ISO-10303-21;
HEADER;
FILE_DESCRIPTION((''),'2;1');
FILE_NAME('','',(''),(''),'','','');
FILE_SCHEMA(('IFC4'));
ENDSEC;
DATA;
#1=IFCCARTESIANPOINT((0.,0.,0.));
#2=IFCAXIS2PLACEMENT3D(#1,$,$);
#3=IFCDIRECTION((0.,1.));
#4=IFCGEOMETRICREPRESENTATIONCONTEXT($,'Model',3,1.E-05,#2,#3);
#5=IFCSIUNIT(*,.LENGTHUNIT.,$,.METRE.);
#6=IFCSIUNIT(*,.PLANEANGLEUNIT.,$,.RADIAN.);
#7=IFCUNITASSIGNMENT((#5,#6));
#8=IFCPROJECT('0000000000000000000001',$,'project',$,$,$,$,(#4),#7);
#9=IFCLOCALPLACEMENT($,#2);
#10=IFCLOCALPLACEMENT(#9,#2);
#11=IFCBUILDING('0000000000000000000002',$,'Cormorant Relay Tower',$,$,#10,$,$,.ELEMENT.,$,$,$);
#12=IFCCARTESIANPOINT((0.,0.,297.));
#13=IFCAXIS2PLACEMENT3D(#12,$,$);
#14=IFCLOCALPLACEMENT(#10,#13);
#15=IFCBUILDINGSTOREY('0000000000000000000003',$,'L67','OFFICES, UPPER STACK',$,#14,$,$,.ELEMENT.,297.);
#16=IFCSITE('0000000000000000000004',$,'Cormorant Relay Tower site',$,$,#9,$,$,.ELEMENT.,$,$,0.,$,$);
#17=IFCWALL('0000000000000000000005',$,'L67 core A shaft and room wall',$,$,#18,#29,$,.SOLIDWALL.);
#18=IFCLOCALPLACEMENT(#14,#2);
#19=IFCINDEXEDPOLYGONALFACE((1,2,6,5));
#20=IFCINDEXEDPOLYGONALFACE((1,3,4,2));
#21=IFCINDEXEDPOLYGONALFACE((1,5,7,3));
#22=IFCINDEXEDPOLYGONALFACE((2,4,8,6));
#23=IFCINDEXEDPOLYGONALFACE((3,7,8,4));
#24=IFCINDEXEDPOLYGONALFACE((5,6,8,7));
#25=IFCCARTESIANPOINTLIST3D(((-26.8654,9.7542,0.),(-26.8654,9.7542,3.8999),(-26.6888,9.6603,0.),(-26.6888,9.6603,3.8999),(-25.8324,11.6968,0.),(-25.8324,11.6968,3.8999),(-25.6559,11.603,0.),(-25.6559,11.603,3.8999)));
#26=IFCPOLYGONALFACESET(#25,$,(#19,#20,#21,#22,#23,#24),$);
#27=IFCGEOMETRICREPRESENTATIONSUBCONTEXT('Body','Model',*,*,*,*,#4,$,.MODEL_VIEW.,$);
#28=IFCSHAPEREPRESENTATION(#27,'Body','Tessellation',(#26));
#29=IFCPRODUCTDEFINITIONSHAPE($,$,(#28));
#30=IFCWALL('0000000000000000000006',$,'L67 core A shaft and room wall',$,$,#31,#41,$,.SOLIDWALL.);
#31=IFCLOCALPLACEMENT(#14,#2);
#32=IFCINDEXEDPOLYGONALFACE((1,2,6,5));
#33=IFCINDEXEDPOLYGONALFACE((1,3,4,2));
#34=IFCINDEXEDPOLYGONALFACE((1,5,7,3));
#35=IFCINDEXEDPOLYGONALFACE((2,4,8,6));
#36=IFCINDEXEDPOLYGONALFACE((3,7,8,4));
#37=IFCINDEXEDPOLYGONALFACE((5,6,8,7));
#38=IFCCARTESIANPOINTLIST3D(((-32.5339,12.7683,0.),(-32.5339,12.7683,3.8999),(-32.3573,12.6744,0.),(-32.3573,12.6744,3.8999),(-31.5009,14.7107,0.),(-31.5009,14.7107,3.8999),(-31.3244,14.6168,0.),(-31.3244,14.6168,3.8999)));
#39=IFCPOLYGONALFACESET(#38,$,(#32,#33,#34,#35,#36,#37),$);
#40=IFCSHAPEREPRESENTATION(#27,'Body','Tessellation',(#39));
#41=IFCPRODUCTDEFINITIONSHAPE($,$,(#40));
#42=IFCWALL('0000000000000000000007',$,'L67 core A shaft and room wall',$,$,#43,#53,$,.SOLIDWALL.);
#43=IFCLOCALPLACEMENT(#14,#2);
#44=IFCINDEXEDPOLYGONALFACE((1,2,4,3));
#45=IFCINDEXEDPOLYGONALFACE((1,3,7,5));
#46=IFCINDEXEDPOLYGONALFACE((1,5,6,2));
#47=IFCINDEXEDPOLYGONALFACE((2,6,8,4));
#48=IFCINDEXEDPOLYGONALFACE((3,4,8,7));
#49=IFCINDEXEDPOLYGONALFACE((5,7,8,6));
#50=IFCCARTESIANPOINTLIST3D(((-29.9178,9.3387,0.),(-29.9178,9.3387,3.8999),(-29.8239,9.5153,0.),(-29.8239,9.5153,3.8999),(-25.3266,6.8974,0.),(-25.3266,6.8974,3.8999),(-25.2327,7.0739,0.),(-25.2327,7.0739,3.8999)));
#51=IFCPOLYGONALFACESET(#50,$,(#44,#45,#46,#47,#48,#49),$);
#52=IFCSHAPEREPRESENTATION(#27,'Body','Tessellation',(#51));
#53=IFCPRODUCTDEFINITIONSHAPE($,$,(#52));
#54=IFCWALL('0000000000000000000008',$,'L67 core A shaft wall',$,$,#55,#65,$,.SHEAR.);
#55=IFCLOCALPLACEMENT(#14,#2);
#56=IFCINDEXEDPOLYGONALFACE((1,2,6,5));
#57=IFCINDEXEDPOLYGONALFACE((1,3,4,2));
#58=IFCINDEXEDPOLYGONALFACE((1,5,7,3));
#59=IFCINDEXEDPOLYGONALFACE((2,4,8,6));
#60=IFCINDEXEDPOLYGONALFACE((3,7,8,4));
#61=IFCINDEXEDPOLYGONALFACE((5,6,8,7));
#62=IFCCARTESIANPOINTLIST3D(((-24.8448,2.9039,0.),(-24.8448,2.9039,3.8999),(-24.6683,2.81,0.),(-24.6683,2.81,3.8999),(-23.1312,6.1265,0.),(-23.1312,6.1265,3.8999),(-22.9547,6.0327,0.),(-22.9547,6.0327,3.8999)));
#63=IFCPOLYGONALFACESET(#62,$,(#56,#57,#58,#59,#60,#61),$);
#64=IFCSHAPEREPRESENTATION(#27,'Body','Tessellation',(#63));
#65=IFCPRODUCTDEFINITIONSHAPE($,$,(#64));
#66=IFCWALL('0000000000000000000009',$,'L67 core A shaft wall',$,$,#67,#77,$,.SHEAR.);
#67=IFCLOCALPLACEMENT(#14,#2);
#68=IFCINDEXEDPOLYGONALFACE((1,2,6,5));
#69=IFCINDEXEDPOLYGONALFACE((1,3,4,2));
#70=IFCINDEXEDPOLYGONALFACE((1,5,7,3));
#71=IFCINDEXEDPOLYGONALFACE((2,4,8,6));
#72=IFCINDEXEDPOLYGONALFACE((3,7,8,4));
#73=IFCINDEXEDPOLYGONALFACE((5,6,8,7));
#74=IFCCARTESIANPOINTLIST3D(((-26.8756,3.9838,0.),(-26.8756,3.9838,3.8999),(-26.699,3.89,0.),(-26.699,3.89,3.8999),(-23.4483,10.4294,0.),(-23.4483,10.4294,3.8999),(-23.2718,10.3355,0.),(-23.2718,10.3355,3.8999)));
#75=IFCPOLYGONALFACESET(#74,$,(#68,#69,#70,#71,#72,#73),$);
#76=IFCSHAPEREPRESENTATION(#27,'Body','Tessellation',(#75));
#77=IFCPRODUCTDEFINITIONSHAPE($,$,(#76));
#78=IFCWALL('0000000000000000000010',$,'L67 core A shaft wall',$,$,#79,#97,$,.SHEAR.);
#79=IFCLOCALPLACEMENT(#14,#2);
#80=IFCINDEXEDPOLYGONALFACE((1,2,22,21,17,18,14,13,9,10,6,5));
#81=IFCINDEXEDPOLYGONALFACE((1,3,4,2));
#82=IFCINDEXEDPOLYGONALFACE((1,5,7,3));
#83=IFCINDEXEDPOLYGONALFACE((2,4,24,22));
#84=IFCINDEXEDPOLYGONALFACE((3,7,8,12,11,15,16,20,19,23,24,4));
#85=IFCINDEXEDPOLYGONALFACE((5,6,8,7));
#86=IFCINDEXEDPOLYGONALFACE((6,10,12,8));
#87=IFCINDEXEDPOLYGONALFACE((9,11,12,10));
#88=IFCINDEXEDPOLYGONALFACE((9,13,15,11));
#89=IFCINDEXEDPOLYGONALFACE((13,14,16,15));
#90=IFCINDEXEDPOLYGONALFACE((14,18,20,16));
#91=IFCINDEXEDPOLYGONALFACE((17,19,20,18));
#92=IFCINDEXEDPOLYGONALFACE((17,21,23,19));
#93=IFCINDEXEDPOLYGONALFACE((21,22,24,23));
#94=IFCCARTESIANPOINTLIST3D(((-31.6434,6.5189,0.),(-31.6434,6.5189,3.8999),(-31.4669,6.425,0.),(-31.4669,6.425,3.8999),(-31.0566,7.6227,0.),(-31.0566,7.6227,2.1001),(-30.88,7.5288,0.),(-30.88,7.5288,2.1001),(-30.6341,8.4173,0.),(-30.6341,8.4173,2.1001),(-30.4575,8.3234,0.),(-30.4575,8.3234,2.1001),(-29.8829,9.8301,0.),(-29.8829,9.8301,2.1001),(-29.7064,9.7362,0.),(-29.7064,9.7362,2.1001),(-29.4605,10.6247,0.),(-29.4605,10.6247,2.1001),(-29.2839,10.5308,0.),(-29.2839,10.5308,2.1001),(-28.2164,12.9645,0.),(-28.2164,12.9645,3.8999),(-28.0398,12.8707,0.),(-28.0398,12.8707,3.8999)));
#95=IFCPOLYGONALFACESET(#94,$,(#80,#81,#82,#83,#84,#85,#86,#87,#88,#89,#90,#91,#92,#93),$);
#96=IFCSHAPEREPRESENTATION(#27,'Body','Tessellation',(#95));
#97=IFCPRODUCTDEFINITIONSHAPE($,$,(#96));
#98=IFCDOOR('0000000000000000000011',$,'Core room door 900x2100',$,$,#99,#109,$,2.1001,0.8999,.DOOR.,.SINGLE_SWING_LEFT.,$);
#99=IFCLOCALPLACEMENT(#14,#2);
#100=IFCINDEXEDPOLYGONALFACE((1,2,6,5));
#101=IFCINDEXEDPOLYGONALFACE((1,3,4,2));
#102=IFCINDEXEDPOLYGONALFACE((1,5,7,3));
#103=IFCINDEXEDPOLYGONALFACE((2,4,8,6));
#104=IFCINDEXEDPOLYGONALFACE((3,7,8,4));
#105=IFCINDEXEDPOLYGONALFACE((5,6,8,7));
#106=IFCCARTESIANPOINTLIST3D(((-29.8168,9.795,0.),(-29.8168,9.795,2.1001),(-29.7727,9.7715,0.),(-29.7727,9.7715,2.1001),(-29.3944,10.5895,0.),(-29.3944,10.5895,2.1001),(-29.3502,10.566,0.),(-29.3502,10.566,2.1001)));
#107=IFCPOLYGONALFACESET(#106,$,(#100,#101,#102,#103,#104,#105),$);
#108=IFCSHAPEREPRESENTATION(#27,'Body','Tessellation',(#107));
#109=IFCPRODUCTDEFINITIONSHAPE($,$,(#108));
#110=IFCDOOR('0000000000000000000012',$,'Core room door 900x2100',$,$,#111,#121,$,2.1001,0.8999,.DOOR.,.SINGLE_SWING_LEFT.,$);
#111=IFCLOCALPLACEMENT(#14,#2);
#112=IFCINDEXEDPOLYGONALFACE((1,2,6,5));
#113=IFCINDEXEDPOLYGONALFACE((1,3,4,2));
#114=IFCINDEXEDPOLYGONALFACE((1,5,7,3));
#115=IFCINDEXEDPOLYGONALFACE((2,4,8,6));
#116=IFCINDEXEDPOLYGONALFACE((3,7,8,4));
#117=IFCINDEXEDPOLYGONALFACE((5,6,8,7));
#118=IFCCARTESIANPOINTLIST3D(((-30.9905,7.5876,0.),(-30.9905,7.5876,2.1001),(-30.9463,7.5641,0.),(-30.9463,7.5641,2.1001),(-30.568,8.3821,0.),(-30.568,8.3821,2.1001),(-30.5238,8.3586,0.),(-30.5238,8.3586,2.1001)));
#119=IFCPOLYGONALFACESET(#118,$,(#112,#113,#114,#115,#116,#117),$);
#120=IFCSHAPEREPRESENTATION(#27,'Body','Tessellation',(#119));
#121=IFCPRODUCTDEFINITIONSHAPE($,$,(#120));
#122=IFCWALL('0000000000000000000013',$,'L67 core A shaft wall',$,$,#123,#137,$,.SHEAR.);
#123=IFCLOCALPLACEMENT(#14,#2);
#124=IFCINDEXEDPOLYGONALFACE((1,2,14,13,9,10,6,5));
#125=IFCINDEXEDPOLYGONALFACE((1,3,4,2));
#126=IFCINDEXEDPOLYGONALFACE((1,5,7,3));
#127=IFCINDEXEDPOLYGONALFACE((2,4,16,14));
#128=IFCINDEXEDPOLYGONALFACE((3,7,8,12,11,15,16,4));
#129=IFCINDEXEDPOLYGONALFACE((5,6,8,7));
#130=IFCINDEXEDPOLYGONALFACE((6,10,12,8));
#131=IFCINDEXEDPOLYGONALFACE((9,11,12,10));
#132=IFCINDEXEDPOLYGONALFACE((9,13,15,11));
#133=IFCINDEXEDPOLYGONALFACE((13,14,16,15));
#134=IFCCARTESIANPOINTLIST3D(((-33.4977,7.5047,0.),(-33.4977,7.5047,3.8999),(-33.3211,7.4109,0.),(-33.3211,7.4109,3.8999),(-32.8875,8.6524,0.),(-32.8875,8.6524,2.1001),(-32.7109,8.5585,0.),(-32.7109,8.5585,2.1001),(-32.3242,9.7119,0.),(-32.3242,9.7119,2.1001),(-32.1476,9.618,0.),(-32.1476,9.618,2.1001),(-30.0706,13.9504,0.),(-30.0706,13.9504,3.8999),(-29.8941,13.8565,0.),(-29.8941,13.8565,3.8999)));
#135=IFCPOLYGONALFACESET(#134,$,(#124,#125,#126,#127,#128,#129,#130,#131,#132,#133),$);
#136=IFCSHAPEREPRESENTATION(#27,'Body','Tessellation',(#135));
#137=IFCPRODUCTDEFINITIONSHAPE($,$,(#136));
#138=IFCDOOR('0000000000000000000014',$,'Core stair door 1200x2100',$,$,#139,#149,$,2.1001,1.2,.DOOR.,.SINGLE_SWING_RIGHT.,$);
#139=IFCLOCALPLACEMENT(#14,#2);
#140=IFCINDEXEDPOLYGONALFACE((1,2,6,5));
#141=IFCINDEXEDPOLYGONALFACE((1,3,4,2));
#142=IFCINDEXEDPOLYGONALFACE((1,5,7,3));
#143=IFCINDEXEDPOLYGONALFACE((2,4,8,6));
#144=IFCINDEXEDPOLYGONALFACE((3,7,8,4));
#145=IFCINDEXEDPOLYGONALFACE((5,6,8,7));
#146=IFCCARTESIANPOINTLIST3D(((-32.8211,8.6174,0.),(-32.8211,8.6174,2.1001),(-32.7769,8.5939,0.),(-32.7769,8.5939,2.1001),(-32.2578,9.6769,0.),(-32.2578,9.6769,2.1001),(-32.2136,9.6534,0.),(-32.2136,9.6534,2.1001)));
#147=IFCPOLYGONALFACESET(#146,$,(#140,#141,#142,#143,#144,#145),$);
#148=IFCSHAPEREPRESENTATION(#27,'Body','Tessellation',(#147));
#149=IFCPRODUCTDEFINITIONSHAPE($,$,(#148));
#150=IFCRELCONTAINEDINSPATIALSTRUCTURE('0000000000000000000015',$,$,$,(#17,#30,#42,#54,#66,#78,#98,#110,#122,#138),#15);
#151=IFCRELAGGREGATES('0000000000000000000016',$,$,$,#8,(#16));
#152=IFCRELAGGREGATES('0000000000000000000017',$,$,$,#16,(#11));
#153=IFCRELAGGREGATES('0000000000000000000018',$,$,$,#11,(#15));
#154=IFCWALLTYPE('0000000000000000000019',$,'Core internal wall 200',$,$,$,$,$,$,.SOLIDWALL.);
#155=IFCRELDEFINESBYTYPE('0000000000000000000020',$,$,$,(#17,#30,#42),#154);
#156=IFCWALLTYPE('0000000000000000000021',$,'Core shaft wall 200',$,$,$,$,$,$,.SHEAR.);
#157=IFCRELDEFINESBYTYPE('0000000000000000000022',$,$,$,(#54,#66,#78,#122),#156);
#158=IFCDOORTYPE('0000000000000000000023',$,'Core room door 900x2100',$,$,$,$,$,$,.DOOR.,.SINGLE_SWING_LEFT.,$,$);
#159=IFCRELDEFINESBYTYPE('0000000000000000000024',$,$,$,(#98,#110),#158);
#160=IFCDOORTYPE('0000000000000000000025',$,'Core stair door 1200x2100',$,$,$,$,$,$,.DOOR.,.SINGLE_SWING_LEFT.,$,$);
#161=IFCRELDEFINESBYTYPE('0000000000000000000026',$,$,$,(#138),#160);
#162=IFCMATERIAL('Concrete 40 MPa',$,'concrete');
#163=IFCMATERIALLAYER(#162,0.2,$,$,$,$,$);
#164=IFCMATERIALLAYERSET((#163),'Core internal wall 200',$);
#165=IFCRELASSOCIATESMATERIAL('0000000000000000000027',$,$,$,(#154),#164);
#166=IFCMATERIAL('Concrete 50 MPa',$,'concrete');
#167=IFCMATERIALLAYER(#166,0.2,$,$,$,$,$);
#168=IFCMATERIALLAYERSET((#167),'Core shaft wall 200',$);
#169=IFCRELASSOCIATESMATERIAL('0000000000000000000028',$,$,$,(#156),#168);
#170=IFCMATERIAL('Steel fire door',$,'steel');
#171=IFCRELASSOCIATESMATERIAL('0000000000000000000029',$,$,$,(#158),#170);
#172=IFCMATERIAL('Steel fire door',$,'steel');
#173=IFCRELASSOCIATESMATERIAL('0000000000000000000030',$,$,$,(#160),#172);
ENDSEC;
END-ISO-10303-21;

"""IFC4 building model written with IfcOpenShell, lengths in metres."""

from ifc_helpers import new_model, si_unit, direction, frame, frame_2d, origin, place, context, subcontext, project, spatial, rectangle, extrude, material, layer, layer_set, type_object, element, fill, save


model = new_model("IFC4")

# Units and contexts
model_context = context("Model", 3, precision=1e-05, world=origin(), true_north=direction((0.0, 1.0)))
body_context = subcontext(model_context, "Body", "Model", "MODEL_VIEW")
ifc_project = project(units=[si_unit("LENGTHUNIT", "METRE"), si_unit("PLANEANGLEUNIT", "RADIAN")], contexts=[model_context])

# Site, building, storey
site_placement = place(None, origin())
site = spatial("IfcSite", under=ifc_project, at=site_placement, Name="Cormorant Relay Tower site", CompositionType="ELEMENT", RefElevation=0.0)
building_placement = place(site_placement, origin())
building = spatial("IfcBuilding", under=site, at=building_placement, Name="Cormorant Relay Tower", CompositionType="ELEMENT")
storey_placement = place(building_placement, frame((0.0, 0.0, 297.0)))
storey = spatial("IfcBuildingStorey", under=building, at=storey_placement, Name="L67", Description="OFFICES, UPPER STACK", CompositionType="ELEMENT", Elevation=297.0)

# Walls
ifc_material_1 = material(Name="Concrete 40 MPa", Category="concrete")
ifc_layer_1 = layer(ifc_material_1, 0.2)
ifc_layer_set_1 = layer_set([ifc_layer_1], Name="Core internal wall 200")
wall_type_1 = type_object("IfcWallType", Name="Core internal wall 200", PredefinedType="SOLIDWALL", material=ifc_layer_set_1)
wall_1_placement = place(storey_placement, frame((-25.7441, 11.6499, 0.0), z_axis=(0.0, 0.0, 1.0), x_axis=(-0.469488, -0.882939, 0.0)))
element("IfcWall", 1, at=wall_1_placement, inside=storey, type_object=wall_type_1, Name="L67 core A shaft and room wall", PredefinedType="SOLIDWALL", context=body_context, shape_type="SweptSolid", body=[
    extrude(rectangle(XDim=2.2002, YDim=0.2, at=frame_2d((1.1001, 0.0))), origin(), (0.0, 0.0, 1.0), 3.8999),
])
wall_2_placement = place(storey_placement, frame((-31.4126, 14.6638, 0.0), z_axis=(0.0, 0.0, 1.0), x_axis=(-0.469534, -0.882914, 0.0)))
element("IfcWall", 2, at=wall_2_placement, inside=storey, type_object=wall_type_1, Name="L67 core A shaft and room wall", PredefinedType="SOLIDWALL", context=body_context, shape_type="SweptSolid", body=[
    extrude(rectangle(XDim=2.2, YDim=0.2, at=frame_2d((1.1001, 0.0))), origin(), (0.0, 0.0, 1.0), 3.8999),
])
wall_3_placement = place(storey_placement, frame((-25.2795, 6.9856, 0.0), z_axis=(0.0, 0.0, 1.0), x_axis=(-0.882935, 0.469496, 0.0)))
element("IfcWall", 3, at=wall_3_placement, inside=storey, type_object=wall_type_1, Name="L67 core A shaft and room wall", PredefinedType="SOLIDWALL", context=body_context, shape_type="SweptSolid", body=[
    extrude(rectangle(XDim=5.2, YDim=0.2, at=frame_2d((2.6001, 0.0))), origin(), (0.0, 0.0, 1.0), 3.8999),
])
ifc_material_2 = material(Name="Concrete 50 MPa", Category="concrete")
ifc_layer_2 = layer(ifc_material_2, 0.2)
ifc_layer_set_2 = layer_set([ifc_layer_2], Name="Core shaft wall 200")
wall_type_2 = type_object("IfcWallType", Name="Core shaft wall 200", PredefinedType="SHEAR", material=ifc_layer_set_2)
wall_4_placement = place(storey_placement, frame((-23.043, 6.0796, 0.0), z_axis=(0.0, 0.0, 1.0), x_axis=(-0.469494, -0.882936, 0.0)))
element("IfcWall", 4, at=wall_4_placement, inside=storey, type_object=wall_type_2, Name="L67 core A shaft wall", PredefinedType="SHEAR", context=body_context, shape_type="SweptSolid", body=[
    extrude(rectangle(XDim=3.6499, YDim=0.2, at=frame_2d((1.825, 0.0))), origin(), (0.0, 0.0, 1.0), 3.8999),
])
wall_5_placement = place(storey_placement, frame((-23.3601, 10.3823, 0.0), z_axis=(0.0, 0.0, 1.0), x_axis=(-0.46948, -0.882943, 0.0)))
element("IfcWall", 5, at=wall_5_placement, inside=storey, type_object=wall_type_2, Name="L67 core A shaft wall", PredefinedType="SHEAR", context=body_context, shape_type="SweptSolid", body=[
    extrude(rectangle(XDim=7.3, YDim=0.2, at=frame_2d((3.6499, 0.0))), origin(), (0.0, 0.0, 1.0), 3.8999),
])

# Wall, openings, doors
wall_6_placement = place(storey_placement, frame((-28.1282, 12.9175, 0.0), z_axis=(0.0, 0.0, 1.0), x_axis=(-0.469454, -0.882957, 0.0)))
wall_6 = element("IfcWall", 6, at=wall_6_placement, inside=storey, type_object=wall_type_2, Name="L67 core A shaft wall", PredefinedType="SHEAR", context=body_context, shape_type="SweptSolid", body=[
    extrude(rectangle(XDim=7.3, YDim=0.2, at=frame_2d((3.6499, 0.0))), origin(), (0.0, 0.0, 1.0), 3.8999),
])
opening_1_placement = place(wall_6_placement, frame((2.6499, 0.0, 0.0)))
opening_1 = element("IfcOpeningElement", 7, at=opening_1_placement, cuts=wall_6, PredefinedType="OPENING", context=body_context, shape_type="SweptSolid", body=[
    extrude(rectangle(XDim=0.8999, YDim=2.1001, at=frame_2d((0.45, 1.05))), frame((0.0, 0.1099, 0.0), z_axis=(0.0, -1.0, 0.0), x_axis=(1.0, 0.0, 0.0)), (0.0, 0.0, 1.0), 0.22),
])
opening_2_placement = place(wall_6_placement, frame((5.1499, 0.0, 0.0)))
opening_2 = element("IfcOpeningElement", 8, at=opening_2_placement, cuts=wall_6, PredefinedType="OPENING", context=body_context, shape_type="SweptSolid", body=[
    extrude(rectangle(XDim=0.8999, YDim=2.1001, at=frame_2d((0.45, 1.05))), frame((0.0, 0.1099, 0.0), z_axis=(0.0, -1.0, 0.0), x_axis=(1.0, 0.0, 0.0)), (0.0, 0.0, 1.0), 0.22),
])
ifc_material_3 = material(Name="Steel fire door", Category="steel")
door_type_1 = type_object("IfcDoorType", Name="Core room door 900x2100", OperationType="SINGLE_SWING_LEFT", PredefinedType="DOOR", material=ifc_material_3)
door_1_placement = place(opening_1_placement, origin())
door_1 = element("IfcDoor", 9, at=door_1_placement, inside=storey, type_object=door_type_1, Name="Core room door 900x2100", OperationType="SINGLE_SWING_LEFT", OverallHeight=2.1001, OverallWidth=0.8999, PredefinedType="DOOR", context=body_context, shape_type="SweptSolid", body=[
    extrude(rectangle(XDim=0.8999, YDim=2.1001, at=frame_2d((0.45, 1.05))), frame((0.0, 0.0249, 0.0), z_axis=(0.0, -1.0, 0.0), x_axis=(1.0, 0.0, 0.0)), (0.0, 0.0, 1.0), 0.05),
])
fill(opening_1, door_1)
door_2_placement = place(opening_2_placement, origin())
door_2 = element("IfcDoor", 10, at=door_2_placement, inside=storey, type_object=door_type_1, Name="Core room door 900x2100", OperationType="SINGLE_SWING_LEFT", OverallHeight=2.1001, OverallWidth=0.8999, PredefinedType="DOOR", context=body_context, shape_type="SweptSolid", body=[
    extrude(rectangle(XDim=0.8999, YDim=2.1001, at=frame_2d((0.45, 1.05))), frame((0.0, 0.0249, 0.0), z_axis=(0.0, -1.0, 0.0), x_axis=(1.0, 0.0, 0.0)), (0.0, 0.0, 1.0), 0.05),
])
fill(opening_2, door_2)

# Wall, opening, door
wall_7_placement = place(storey_placement, frame((-29.9824, 13.9033, 0.0), z_axis=(0.0, 0.0, 1.0), x_axis=(-0.469454, -0.882957, 0.0)))
wall_7 = element("IfcWall", 11, at=wall_7_placement, inside=storey, type_object=wall_type_2, Name="L67 core A shaft wall", PredefinedType="SHEAR", context=body_context, shape_type="SweptSolid", body=[
    extrude(rectangle(XDim=7.3, YDim=0.2, at=frame_2d((3.6499, 0.0))), origin(), (0.0, 0.0, 1.0), 3.8999),
])
opening_3_placement = place(wall_7_placement, frame((4.8, 0.0, 0.0)))
opening_3 = element("IfcOpeningElement", 12, at=opening_3_placement, cuts=wall_7, PredefinedType="OPENING", context=body_context, shape_type="SweptSolid", body=[
    extrude(rectangle(XDim=1.2, YDim=2.1001, at=frame_2d((0.6001, 1.05))), frame((0.0, 0.1099, 0.0), z_axis=(0.0, -1.0, 0.0), x_axis=(1.0, 0.0, 0.0)), (0.0, 0.0, 1.0), 0.22),
])
ifc_material_4 = material(Name="Steel fire door", Category="steel")
door_type_2 = type_object("IfcDoorType", Name="Core stair door 1200x2100", OperationType="SINGLE_SWING_LEFT", PredefinedType="DOOR", material=ifc_material_4)
door_3_placement = place(opening_3_placement, frame((1.2, 0.0, 0.0), z_axis=(0.0, 0.0, 1.0), x_axis=(-1.0, 0.0, 0.0)))
door_3 = element("IfcDoor", 13, at=door_3_placement, inside=storey, type_object=door_type_2, Name="Core stair door 1200x2100", OperationType="SINGLE_SWING_RIGHT", OverallHeight=2.1001, OverallWidth=1.2, PredefinedType="DOOR", context=body_context, shape_type="SweptSolid", body=[
    extrude(rectangle(XDim=1.2, YDim=2.1001, at=frame_2d((0.6001, 1.05))), frame((0.0, 0.0249, 0.0), z_axis=(0.0, -1.0, 0.0), x_axis=(1.0, 0.0, 0.0)), (0.0, 0.0, 1.0), 0.05),
])
fill(opening_3, door_3)

save(model, "model.ifc")
